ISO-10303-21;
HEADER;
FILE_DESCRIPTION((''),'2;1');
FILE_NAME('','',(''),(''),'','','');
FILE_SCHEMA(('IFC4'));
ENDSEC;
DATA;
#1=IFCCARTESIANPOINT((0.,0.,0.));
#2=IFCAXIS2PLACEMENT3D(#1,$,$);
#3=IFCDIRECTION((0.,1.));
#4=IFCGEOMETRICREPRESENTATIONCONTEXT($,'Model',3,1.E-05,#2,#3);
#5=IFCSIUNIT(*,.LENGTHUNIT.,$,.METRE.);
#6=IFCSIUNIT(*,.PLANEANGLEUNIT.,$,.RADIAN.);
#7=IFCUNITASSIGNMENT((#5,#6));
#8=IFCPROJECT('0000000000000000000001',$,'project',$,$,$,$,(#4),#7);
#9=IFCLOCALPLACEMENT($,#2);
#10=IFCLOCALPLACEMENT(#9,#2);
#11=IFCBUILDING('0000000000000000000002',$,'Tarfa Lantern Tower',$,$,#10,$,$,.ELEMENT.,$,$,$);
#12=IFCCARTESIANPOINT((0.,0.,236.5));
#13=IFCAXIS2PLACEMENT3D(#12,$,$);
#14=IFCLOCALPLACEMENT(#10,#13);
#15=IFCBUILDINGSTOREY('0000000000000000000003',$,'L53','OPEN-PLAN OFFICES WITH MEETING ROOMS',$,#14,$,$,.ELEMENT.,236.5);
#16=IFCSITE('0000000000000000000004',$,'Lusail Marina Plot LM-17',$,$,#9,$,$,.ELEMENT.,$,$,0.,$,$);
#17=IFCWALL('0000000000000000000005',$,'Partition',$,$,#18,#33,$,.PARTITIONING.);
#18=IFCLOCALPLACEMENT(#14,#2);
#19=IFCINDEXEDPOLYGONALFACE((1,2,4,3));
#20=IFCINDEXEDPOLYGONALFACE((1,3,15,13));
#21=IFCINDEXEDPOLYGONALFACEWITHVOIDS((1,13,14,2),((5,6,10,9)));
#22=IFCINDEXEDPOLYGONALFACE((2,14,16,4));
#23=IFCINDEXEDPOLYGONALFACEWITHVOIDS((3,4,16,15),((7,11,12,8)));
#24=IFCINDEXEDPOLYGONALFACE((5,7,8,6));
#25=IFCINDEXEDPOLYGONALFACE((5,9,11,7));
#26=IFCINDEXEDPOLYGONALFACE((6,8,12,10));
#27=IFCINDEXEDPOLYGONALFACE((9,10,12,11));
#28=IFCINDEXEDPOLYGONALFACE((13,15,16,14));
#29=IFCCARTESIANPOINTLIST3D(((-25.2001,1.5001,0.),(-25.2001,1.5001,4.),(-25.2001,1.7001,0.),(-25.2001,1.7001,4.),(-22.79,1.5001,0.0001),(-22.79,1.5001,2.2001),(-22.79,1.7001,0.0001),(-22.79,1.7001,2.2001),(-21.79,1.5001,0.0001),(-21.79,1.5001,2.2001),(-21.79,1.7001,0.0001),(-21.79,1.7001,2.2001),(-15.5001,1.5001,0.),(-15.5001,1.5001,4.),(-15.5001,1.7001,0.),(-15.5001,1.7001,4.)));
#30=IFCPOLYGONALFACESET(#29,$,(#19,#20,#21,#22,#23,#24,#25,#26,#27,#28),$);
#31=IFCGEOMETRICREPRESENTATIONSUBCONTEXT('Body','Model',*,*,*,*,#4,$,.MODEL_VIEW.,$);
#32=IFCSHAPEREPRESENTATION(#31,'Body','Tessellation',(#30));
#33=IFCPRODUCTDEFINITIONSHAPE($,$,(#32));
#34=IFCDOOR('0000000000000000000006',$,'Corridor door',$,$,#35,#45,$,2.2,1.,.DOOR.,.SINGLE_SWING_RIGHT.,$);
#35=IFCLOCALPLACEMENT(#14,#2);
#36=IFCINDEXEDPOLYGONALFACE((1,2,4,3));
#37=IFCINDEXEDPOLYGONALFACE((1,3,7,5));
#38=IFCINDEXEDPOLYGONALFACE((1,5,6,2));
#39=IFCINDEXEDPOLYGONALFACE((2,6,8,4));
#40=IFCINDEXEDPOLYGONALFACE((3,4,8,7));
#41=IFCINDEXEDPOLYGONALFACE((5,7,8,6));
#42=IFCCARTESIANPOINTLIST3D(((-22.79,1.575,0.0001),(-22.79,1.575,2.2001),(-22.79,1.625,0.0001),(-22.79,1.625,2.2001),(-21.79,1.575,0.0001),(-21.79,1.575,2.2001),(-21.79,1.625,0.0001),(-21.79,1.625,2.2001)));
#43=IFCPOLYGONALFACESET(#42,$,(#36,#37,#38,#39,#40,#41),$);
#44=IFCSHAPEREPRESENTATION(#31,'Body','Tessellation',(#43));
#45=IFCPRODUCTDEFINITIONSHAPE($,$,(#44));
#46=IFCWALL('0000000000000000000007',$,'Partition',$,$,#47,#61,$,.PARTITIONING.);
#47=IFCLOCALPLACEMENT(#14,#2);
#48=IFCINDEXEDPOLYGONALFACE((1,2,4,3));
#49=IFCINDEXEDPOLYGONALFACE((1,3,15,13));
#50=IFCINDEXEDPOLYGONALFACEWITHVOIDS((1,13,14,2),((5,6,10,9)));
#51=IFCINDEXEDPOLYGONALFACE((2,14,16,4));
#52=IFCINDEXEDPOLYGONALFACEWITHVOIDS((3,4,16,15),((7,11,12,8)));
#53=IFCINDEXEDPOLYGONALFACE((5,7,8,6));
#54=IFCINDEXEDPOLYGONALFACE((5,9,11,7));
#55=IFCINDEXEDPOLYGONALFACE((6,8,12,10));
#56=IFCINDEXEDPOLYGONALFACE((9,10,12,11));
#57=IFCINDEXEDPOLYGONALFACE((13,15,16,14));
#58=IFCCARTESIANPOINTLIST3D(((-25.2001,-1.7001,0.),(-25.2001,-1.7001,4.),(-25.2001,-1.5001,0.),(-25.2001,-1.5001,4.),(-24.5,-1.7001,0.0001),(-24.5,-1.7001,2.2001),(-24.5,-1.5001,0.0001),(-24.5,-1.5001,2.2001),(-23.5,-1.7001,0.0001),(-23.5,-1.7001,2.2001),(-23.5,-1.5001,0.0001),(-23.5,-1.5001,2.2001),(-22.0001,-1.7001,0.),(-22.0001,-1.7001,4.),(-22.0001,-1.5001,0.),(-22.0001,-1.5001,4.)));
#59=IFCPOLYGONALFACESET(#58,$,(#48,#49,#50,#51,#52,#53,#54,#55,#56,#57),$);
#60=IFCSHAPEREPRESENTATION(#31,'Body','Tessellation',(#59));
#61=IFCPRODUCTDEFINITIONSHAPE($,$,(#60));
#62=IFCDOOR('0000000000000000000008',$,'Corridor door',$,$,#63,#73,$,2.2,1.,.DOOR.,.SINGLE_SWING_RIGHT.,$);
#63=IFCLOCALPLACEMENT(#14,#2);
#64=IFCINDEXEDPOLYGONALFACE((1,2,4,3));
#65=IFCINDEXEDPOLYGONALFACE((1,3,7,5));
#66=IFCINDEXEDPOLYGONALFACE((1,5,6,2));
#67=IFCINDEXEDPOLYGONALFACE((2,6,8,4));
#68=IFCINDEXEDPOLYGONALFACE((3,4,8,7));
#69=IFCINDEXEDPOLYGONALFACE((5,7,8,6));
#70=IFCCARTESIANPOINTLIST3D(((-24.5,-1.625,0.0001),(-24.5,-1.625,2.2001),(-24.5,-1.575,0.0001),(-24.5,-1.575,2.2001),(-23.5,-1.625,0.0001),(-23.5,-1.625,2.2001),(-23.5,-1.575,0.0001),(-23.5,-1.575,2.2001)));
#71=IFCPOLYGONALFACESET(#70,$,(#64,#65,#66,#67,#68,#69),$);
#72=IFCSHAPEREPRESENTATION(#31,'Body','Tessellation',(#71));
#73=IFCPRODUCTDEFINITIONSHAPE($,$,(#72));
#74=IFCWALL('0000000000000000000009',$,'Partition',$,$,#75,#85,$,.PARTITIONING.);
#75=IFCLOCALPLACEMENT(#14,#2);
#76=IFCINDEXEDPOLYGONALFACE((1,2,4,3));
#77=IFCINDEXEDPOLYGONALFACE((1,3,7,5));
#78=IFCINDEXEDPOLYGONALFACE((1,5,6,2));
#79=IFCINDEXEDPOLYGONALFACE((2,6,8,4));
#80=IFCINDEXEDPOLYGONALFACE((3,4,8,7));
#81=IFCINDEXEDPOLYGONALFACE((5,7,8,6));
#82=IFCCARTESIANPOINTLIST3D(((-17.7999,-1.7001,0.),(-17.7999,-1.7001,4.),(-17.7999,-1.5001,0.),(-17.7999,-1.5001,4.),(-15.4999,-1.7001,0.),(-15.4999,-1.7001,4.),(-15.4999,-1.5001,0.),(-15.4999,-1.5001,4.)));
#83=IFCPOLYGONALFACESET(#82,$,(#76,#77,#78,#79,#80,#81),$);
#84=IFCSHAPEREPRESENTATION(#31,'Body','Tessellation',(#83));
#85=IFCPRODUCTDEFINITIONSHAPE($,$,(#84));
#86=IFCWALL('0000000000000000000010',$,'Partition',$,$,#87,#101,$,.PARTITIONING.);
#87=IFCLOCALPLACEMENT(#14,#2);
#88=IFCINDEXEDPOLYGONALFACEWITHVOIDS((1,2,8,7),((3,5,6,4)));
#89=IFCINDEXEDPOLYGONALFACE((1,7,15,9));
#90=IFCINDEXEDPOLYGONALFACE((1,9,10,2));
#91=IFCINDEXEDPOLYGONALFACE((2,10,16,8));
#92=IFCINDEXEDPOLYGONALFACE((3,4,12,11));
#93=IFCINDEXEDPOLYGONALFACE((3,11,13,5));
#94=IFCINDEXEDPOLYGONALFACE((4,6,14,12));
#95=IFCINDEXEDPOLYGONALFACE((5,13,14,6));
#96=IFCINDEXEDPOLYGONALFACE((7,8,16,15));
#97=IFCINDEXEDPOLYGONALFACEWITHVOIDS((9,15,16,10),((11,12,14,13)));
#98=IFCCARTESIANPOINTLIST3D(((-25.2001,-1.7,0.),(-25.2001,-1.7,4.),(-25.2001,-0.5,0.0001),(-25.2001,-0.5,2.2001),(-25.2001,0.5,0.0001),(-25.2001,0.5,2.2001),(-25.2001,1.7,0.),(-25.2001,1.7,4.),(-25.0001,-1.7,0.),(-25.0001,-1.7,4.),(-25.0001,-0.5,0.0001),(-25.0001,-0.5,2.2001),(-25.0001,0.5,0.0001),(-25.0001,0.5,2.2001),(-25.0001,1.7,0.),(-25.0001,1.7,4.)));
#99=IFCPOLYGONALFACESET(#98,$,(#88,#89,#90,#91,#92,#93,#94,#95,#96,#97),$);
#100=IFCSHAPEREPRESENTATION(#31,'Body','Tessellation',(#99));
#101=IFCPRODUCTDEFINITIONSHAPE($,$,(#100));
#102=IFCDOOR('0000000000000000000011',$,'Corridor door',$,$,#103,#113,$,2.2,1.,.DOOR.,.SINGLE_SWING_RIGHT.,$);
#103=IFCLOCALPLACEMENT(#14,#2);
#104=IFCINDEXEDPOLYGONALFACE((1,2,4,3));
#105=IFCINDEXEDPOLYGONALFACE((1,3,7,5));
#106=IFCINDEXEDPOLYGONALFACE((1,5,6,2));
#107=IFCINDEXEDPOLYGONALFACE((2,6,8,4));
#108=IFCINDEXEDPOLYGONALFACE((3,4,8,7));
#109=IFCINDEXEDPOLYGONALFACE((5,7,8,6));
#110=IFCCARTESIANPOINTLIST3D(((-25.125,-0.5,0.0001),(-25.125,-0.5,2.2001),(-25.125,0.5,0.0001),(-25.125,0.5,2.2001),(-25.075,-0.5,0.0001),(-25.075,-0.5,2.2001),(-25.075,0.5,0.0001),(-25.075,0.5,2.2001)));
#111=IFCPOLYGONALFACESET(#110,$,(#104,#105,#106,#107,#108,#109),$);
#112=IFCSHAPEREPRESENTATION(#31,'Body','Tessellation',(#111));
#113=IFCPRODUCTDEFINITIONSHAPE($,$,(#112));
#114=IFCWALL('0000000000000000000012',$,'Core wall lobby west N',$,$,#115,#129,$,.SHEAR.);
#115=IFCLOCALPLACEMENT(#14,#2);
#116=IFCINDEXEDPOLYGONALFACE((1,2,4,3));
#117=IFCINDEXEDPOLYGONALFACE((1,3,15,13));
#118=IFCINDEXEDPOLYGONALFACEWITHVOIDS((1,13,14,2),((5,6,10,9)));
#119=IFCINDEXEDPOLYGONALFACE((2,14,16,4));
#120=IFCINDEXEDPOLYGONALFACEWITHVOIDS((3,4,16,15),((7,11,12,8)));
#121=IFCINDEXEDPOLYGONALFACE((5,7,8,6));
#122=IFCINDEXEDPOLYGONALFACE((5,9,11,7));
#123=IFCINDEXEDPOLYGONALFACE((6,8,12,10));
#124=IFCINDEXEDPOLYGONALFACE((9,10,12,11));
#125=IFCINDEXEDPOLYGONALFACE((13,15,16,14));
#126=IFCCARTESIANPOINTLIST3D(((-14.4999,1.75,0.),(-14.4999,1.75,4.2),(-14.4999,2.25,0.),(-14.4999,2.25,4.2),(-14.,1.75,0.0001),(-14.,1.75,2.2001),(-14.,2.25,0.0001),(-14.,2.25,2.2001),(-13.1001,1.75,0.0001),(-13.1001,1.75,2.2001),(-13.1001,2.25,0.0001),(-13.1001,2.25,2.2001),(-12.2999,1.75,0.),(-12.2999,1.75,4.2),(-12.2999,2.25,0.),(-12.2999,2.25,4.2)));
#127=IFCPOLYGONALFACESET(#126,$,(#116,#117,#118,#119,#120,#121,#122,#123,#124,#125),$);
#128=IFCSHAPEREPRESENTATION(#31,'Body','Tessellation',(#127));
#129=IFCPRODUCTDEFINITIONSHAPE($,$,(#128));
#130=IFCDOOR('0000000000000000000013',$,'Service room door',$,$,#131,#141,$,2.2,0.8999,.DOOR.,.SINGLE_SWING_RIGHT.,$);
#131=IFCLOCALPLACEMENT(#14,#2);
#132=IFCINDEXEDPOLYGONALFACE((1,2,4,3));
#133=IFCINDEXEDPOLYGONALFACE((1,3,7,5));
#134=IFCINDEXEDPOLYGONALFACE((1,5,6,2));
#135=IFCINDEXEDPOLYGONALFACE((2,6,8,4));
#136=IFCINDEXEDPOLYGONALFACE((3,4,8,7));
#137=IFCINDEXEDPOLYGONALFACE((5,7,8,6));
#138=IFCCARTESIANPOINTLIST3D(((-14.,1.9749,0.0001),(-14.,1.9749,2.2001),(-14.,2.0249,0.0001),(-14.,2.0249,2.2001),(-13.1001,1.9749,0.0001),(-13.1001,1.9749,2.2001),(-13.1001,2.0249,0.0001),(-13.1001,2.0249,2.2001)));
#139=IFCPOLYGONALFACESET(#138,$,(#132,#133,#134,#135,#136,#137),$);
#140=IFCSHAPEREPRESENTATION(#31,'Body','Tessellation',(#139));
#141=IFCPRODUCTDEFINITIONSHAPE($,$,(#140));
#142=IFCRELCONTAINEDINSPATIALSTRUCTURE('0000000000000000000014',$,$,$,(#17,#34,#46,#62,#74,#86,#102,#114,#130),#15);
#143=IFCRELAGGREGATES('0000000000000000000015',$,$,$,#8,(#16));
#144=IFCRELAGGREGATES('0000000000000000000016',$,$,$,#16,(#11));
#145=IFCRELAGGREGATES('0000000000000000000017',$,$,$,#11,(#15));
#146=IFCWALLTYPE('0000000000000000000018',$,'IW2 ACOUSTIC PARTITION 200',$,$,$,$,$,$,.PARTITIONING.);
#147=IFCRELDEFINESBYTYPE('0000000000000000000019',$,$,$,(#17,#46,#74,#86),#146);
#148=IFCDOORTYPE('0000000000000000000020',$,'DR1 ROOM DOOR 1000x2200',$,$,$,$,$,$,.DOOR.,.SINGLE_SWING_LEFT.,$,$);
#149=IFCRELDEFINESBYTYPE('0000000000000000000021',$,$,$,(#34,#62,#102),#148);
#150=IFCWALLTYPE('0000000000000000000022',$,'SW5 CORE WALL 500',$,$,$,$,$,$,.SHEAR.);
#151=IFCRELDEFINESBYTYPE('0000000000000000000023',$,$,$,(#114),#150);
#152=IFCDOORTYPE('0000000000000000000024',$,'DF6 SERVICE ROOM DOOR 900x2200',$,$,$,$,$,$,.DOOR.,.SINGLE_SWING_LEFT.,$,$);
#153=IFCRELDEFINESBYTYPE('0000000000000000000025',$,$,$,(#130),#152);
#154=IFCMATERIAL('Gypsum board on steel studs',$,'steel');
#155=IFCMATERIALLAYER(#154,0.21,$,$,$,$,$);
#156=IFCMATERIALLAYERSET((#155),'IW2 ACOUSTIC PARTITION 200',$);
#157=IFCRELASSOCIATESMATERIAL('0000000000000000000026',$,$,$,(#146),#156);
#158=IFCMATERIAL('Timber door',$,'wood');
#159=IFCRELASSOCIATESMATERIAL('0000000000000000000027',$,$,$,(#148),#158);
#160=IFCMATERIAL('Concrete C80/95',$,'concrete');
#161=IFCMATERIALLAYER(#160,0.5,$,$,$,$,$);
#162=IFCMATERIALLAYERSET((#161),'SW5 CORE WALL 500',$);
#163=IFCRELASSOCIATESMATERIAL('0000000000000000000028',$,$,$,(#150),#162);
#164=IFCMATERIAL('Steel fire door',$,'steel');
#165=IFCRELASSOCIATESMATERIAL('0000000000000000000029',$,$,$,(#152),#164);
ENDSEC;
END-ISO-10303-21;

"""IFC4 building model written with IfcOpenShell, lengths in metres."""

from ifc_helpers import new_model, si_unit, direction, frame, frame_2d, origin, place, context, subcontext, project, spatial, rectangle, extrude, material, layer, layer_set, type_object, element, fill, save


model = new_model("IFC4")

# Units and contexts
model_context = context("Model", 3, precision=1e-05, world=origin(), true_north=direction((0.0, 1.0)))
body_context = subcontext(model_context, "Body", "Model", "MODEL_VIEW")
ifc_project = project(units=[si_unit("LENGTHUNIT", "METRE"), si_unit("PLANEANGLEUNIT", "RADIAN")], contexts=[model_context])

# Site, building, storey
site_placement = place(None, origin())
site = spatial("IfcSite", under=ifc_project, at=site_placement, Name="Lusail Marina Plot LM-17", CompositionType="ELEMENT", RefElevation=0.0)
building_placement = place(site_placement, origin())
building = spatial("IfcBuilding", under=site, at=building_placement, Name="Tarfa Lantern Tower", CompositionType="ELEMENT")
storey_placement = place(building_placement, frame((0.0, 0.0, 236.5)))
storey = spatial("IfcBuildingStorey", under=building, at=storey_placement, Name="L53", Description="OPEN-PLAN OFFICES WITH MEETING ROOMS", CompositionType="ELEMENT", Elevation=236.5)

# Shared definitions
ifc_material_1 = material(Name="Concrete C80/95", Category="concrete")

# Shared definitions
ifc_material_2 = material(Name="Gypsum board on steel studs", Category="steel")
ifc_layer_1 = layer(ifc_material_2, 0.21)
ifc_layer_set_1 = layer_set([ifc_layer_1], Name="IW2 ACOUSTIC PARTITION 200")
wall_type_1 = type_object("IfcWallType", Name="IW2 ACOUSTIC PARTITION 200", PredefinedType="PARTITIONING", material=ifc_layer_set_1)
ifc_material_3 = material(Name="Timber door", Category="wood")
door_type_1 = type_object("IfcDoorType", Name="DR1 ROOM DOOR 1000x2200", OperationType="SINGLE_SWING_LEFT", PredefinedType="DOOR", material=ifc_material_3)

# Walls, openings, doors
wall_1_placement = place(storey_placement, frame((-15.5, 1.6001, 0.0), z_axis=(0.0, 0.0, 1.0), x_axis=(-1.0, 0.0, 0.0)))
wall_1 = element("IfcWall", 1, at=wall_1_placement, inside=storey, type_object=wall_type_1, Name="Partition", PredefinedType="PARTITIONING", context=body_context, shape_type="SweptSolid", body=[
    extrude(rectangle(XDim=9.7, YDim=0.2, at=frame_2d((4.8501, 0.0))), origin(), (0.0, 0.0, 1.0), 4.0),
])
opening_1_placement = place(wall_1_placement, frame((6.29, 0.0, 0.0)))
opening_1 = element("IfcOpeningElement", 2, at=opening_1_placement, cuts=wall_1, PredefinedType="OPENING", context=body_context, shape_type="SweptSolid", body=[
    extrude(rectangle(XDim=1.0, YDim=2.2, at=frame_2d((0.5, 1.1001))), frame((0.0, 0.1099, 0.0), z_axis=(0.0, -1.0, 0.0), x_axis=(1.0, 0.0, 0.0)), (0.0, 0.0, 1.0), 0.22),
])
door_1_placement = place(opening_1_placement, frame((1.0, 0.0, 0.0), z_axis=(0.0, 0.0, 1.0), x_axis=(-1.0, 0.0, 0.0)))
door_1 = element("IfcDoor", 3, at=door_1_placement, inside=storey, type_object=door_type_1, Name="Corridor door", OperationType="SINGLE_SWING_RIGHT", OverallHeight=2.2, OverallWidth=1.0, PredefinedType="DOOR", context=body_context, shape_type="SweptSolid", body=[
    extrude(rectangle(XDim=1.0, YDim=2.2, at=frame_2d((0.5, 1.1001))), frame((0.0, 0.0249, 0.0), z_axis=(0.0, -1.0, 0.0), x_axis=(1.0, 0.0, 0.0)), (0.0, 0.0, 1.0), 0.05),
])
fill(opening_1, door_1)
wall_2_placement = place(storey_placement, frame((-22.0, -1.6001, 0.0), z_axis=(0.0, 0.0, 1.0), x_axis=(-1.0, 0.0, 0.0)))
wall_2 = element("IfcWall", 4, at=wall_2_placement, inside=storey, type_object=wall_type_1, Name="Partition", PredefinedType="PARTITIONING", context=body_context, shape_type="SweptSolid", body=[
    extrude(rectangle(XDim=3.2, YDim=0.2, at=frame_2d((1.6001, 0.0))), origin(), (0.0, 0.0, 1.0), 4.0),
])
opening_2_placement = place(wall_2_placement, frame((1.5, 0.0, 0.0)))
opening_2 = element("IfcOpeningElement", 5, at=opening_2_placement, cuts=wall_2, PredefinedType="OPENING", context=body_context, shape_type="SweptSolid", body=[
    extrude(rectangle(XDim=1.0, YDim=2.2, at=frame_2d((0.5, 1.1001))), frame((0.0, 0.1099, 0.0), z_axis=(0.0, -1.0, 0.0), x_axis=(1.0, 0.0, 0.0)), (0.0, 0.0, 1.0), 0.22),
])
door_2_placement = place(opening_2_placement, origin())
door_2 = element("IfcDoor", 6, at=door_2_placement, inside=storey, type_object=door_type_1, Name="Corridor door", OperationType="SINGLE_SWING_RIGHT", OverallHeight=2.2, OverallWidth=1.0, PredefinedType="DOOR", context=body_context, shape_type="SweptSolid", body=[
    extrude(rectangle(XDim=1.0, YDim=2.2, at=frame_2d((0.5, 1.1001))), frame((0.0, 0.0249, 0.0), z_axis=(0.0, -1.0, 0.0), x_axis=(1.0, 0.0, 0.0)), (0.0, 0.0, 1.0), 0.05),
])
fill(opening_2, door_2)

# Wall
wall_3_placement = place(storey_placement, frame((-15.5, -1.6001, 0.0), z_axis=(0.0, 0.0, 1.0), x_axis=(-1.0, 0.0, 0.0)))
element("IfcWall", 7, at=wall_3_placement, inside=storey, type_object=wall_type_1, Name="Partition", PredefinedType="PARTITIONING", context=body_context, shape_type="SweptSolid", body=[
    extrude(rectangle(XDim=2.3, YDim=0.2, at=frame_2d((1.1499, 0.0))), origin(), (0.0, 0.0, 1.0), 4.0),
])

# Walls, openings, doors
wall_4_placement = place(storey_placement, frame((-25.1001, -1.7, 0.0), z_axis=(0.0, 0.0, 1.0), x_axis=(0.0, 1.0, 0.0)))
wall_4 = element("IfcWall", 8, at=wall_4_placement, inside=storey, type_object=wall_type_1, Name="Partition", PredefinedType="PARTITIONING", context=body_context, shape_type="SweptSolid", body=[
    extrude(rectangle(XDim=3.3999, YDim=0.2, at=frame_2d((1.7, 0.0))), origin(), (0.0, 0.0, 1.0), 4.0),
])
opening_3_placement = place(wall_4_placement, frame((1.2, 0.0, 0.0)))
opening_3 = element("IfcOpeningElement", 9, at=opening_3_placement, cuts=wall_4, PredefinedType="OPENING", context=body_context, shape_type="SweptSolid", body=[
    extrude(rectangle(XDim=1.0, YDim=2.2, at=frame_2d((0.5, 1.1001))), frame((0.0, 0.1099, 0.0), z_axis=(0.0, -1.0, 0.0), x_axis=(1.0, 0.0, 0.0)), (0.0, 0.0, 1.0), 0.22),
])
door_3_placement = place(opening_3_placement, origin())
door_3 = element("IfcDoor", 10, at=door_3_placement, inside=storey, type_object=door_type_1, Name="Corridor door", OperationType="SINGLE_SWING_RIGHT", OverallHeight=2.2, OverallWidth=1.0, PredefinedType="DOOR", context=body_context, shape_type="SweptSolid", body=[
    extrude(rectangle(XDim=1.0, YDim=2.2, at=frame_2d((0.5, 1.1001))), frame((0.0, 0.0249, 0.0), z_axis=(0.0, -1.0, 0.0), x_axis=(1.0, 0.0, 0.0)), (0.0, 0.0, 1.0), 0.05),
])
fill(opening_3, door_3)
ifc_layer_2 = layer(ifc_material_1, 0.5)
ifc_layer_set_2 = layer_set([ifc_layer_2], Name="SW5 CORE WALL 500")
wall_type_2 = type_object("IfcWallType", Name="SW5 CORE WALL 500", PredefinedType="SHEAR", material=ifc_layer_set_2)
wall_5_placement = place(storey_placement, frame((-14.5, 2.0, 0.0), z_axis=(0.0, 0.0, 1.0), x_axis=(1.0, 0.0, 0.0)))
wall_5 = element("IfcWall", 11, at=wall_5_placement, inside=storey, type_object=wall_type_2, Name="Core wall lobby west N", PredefinedType="SHEAR", context=body_context, shape_type="SweptSolid", body=[
    extrude(rectangle(XDim=2.2, YDim=0.5, at=frame_2d((1.1001, 0.0))), origin(), (0.0, 0.0, 1.0), 4.2),
])
opening_4_placement = place(wall_5_placement, frame((0.5, 0.0, 0.0)))
opening_4 = element("IfcOpeningElement", 12, at=opening_4_placement, cuts=wall_5, PredefinedType="OPENING", context=body_context, shape_type="SweptSolid", body=[
    extrude(rectangle(XDim=0.8999, YDim=2.2, at=frame_2d((0.45, 1.1001))), frame((0.0, 0.26, 0.0), z_axis=(0.0, -1.0, 0.0), x_axis=(1.0, 0.0, 0.0)), (0.0, 0.0, 1.0), 0.52),
])
ifc_material_4 = material(Name="Steel fire door", Category="steel")
door_type_2 = type_object("IfcDoorType", Name="DF6 SERVICE ROOM DOOR 900x2200", OperationType="SINGLE_SWING_LEFT", PredefinedType="DOOR", material=ifc_material_4)
door_4_placement = place(opening_4_placement, origin())
door_4 = element("IfcDoor", 13, at=door_4_placement, inside=storey, type_object=door_type_2, Name="Service room door", OperationType="SINGLE_SWING_RIGHT", OverallHeight=2.2, OverallWidth=0.8999, PredefinedType="DOOR", context=body_context, shape_type="SweptSolid", body=[
    extrude(rectangle(XDim=0.8999, YDim=2.2, at=frame_2d((0.45, 1.1001))), frame((0.0, 0.0249, 0.0), z_axis=(0.0, -1.0, 0.0), x_axis=(1.0, 0.0, 0.0)), (0.0, 0.0, 1.0), 0.05),
])
fill(opening_4, door_4)

save(model, "model.ifc")
